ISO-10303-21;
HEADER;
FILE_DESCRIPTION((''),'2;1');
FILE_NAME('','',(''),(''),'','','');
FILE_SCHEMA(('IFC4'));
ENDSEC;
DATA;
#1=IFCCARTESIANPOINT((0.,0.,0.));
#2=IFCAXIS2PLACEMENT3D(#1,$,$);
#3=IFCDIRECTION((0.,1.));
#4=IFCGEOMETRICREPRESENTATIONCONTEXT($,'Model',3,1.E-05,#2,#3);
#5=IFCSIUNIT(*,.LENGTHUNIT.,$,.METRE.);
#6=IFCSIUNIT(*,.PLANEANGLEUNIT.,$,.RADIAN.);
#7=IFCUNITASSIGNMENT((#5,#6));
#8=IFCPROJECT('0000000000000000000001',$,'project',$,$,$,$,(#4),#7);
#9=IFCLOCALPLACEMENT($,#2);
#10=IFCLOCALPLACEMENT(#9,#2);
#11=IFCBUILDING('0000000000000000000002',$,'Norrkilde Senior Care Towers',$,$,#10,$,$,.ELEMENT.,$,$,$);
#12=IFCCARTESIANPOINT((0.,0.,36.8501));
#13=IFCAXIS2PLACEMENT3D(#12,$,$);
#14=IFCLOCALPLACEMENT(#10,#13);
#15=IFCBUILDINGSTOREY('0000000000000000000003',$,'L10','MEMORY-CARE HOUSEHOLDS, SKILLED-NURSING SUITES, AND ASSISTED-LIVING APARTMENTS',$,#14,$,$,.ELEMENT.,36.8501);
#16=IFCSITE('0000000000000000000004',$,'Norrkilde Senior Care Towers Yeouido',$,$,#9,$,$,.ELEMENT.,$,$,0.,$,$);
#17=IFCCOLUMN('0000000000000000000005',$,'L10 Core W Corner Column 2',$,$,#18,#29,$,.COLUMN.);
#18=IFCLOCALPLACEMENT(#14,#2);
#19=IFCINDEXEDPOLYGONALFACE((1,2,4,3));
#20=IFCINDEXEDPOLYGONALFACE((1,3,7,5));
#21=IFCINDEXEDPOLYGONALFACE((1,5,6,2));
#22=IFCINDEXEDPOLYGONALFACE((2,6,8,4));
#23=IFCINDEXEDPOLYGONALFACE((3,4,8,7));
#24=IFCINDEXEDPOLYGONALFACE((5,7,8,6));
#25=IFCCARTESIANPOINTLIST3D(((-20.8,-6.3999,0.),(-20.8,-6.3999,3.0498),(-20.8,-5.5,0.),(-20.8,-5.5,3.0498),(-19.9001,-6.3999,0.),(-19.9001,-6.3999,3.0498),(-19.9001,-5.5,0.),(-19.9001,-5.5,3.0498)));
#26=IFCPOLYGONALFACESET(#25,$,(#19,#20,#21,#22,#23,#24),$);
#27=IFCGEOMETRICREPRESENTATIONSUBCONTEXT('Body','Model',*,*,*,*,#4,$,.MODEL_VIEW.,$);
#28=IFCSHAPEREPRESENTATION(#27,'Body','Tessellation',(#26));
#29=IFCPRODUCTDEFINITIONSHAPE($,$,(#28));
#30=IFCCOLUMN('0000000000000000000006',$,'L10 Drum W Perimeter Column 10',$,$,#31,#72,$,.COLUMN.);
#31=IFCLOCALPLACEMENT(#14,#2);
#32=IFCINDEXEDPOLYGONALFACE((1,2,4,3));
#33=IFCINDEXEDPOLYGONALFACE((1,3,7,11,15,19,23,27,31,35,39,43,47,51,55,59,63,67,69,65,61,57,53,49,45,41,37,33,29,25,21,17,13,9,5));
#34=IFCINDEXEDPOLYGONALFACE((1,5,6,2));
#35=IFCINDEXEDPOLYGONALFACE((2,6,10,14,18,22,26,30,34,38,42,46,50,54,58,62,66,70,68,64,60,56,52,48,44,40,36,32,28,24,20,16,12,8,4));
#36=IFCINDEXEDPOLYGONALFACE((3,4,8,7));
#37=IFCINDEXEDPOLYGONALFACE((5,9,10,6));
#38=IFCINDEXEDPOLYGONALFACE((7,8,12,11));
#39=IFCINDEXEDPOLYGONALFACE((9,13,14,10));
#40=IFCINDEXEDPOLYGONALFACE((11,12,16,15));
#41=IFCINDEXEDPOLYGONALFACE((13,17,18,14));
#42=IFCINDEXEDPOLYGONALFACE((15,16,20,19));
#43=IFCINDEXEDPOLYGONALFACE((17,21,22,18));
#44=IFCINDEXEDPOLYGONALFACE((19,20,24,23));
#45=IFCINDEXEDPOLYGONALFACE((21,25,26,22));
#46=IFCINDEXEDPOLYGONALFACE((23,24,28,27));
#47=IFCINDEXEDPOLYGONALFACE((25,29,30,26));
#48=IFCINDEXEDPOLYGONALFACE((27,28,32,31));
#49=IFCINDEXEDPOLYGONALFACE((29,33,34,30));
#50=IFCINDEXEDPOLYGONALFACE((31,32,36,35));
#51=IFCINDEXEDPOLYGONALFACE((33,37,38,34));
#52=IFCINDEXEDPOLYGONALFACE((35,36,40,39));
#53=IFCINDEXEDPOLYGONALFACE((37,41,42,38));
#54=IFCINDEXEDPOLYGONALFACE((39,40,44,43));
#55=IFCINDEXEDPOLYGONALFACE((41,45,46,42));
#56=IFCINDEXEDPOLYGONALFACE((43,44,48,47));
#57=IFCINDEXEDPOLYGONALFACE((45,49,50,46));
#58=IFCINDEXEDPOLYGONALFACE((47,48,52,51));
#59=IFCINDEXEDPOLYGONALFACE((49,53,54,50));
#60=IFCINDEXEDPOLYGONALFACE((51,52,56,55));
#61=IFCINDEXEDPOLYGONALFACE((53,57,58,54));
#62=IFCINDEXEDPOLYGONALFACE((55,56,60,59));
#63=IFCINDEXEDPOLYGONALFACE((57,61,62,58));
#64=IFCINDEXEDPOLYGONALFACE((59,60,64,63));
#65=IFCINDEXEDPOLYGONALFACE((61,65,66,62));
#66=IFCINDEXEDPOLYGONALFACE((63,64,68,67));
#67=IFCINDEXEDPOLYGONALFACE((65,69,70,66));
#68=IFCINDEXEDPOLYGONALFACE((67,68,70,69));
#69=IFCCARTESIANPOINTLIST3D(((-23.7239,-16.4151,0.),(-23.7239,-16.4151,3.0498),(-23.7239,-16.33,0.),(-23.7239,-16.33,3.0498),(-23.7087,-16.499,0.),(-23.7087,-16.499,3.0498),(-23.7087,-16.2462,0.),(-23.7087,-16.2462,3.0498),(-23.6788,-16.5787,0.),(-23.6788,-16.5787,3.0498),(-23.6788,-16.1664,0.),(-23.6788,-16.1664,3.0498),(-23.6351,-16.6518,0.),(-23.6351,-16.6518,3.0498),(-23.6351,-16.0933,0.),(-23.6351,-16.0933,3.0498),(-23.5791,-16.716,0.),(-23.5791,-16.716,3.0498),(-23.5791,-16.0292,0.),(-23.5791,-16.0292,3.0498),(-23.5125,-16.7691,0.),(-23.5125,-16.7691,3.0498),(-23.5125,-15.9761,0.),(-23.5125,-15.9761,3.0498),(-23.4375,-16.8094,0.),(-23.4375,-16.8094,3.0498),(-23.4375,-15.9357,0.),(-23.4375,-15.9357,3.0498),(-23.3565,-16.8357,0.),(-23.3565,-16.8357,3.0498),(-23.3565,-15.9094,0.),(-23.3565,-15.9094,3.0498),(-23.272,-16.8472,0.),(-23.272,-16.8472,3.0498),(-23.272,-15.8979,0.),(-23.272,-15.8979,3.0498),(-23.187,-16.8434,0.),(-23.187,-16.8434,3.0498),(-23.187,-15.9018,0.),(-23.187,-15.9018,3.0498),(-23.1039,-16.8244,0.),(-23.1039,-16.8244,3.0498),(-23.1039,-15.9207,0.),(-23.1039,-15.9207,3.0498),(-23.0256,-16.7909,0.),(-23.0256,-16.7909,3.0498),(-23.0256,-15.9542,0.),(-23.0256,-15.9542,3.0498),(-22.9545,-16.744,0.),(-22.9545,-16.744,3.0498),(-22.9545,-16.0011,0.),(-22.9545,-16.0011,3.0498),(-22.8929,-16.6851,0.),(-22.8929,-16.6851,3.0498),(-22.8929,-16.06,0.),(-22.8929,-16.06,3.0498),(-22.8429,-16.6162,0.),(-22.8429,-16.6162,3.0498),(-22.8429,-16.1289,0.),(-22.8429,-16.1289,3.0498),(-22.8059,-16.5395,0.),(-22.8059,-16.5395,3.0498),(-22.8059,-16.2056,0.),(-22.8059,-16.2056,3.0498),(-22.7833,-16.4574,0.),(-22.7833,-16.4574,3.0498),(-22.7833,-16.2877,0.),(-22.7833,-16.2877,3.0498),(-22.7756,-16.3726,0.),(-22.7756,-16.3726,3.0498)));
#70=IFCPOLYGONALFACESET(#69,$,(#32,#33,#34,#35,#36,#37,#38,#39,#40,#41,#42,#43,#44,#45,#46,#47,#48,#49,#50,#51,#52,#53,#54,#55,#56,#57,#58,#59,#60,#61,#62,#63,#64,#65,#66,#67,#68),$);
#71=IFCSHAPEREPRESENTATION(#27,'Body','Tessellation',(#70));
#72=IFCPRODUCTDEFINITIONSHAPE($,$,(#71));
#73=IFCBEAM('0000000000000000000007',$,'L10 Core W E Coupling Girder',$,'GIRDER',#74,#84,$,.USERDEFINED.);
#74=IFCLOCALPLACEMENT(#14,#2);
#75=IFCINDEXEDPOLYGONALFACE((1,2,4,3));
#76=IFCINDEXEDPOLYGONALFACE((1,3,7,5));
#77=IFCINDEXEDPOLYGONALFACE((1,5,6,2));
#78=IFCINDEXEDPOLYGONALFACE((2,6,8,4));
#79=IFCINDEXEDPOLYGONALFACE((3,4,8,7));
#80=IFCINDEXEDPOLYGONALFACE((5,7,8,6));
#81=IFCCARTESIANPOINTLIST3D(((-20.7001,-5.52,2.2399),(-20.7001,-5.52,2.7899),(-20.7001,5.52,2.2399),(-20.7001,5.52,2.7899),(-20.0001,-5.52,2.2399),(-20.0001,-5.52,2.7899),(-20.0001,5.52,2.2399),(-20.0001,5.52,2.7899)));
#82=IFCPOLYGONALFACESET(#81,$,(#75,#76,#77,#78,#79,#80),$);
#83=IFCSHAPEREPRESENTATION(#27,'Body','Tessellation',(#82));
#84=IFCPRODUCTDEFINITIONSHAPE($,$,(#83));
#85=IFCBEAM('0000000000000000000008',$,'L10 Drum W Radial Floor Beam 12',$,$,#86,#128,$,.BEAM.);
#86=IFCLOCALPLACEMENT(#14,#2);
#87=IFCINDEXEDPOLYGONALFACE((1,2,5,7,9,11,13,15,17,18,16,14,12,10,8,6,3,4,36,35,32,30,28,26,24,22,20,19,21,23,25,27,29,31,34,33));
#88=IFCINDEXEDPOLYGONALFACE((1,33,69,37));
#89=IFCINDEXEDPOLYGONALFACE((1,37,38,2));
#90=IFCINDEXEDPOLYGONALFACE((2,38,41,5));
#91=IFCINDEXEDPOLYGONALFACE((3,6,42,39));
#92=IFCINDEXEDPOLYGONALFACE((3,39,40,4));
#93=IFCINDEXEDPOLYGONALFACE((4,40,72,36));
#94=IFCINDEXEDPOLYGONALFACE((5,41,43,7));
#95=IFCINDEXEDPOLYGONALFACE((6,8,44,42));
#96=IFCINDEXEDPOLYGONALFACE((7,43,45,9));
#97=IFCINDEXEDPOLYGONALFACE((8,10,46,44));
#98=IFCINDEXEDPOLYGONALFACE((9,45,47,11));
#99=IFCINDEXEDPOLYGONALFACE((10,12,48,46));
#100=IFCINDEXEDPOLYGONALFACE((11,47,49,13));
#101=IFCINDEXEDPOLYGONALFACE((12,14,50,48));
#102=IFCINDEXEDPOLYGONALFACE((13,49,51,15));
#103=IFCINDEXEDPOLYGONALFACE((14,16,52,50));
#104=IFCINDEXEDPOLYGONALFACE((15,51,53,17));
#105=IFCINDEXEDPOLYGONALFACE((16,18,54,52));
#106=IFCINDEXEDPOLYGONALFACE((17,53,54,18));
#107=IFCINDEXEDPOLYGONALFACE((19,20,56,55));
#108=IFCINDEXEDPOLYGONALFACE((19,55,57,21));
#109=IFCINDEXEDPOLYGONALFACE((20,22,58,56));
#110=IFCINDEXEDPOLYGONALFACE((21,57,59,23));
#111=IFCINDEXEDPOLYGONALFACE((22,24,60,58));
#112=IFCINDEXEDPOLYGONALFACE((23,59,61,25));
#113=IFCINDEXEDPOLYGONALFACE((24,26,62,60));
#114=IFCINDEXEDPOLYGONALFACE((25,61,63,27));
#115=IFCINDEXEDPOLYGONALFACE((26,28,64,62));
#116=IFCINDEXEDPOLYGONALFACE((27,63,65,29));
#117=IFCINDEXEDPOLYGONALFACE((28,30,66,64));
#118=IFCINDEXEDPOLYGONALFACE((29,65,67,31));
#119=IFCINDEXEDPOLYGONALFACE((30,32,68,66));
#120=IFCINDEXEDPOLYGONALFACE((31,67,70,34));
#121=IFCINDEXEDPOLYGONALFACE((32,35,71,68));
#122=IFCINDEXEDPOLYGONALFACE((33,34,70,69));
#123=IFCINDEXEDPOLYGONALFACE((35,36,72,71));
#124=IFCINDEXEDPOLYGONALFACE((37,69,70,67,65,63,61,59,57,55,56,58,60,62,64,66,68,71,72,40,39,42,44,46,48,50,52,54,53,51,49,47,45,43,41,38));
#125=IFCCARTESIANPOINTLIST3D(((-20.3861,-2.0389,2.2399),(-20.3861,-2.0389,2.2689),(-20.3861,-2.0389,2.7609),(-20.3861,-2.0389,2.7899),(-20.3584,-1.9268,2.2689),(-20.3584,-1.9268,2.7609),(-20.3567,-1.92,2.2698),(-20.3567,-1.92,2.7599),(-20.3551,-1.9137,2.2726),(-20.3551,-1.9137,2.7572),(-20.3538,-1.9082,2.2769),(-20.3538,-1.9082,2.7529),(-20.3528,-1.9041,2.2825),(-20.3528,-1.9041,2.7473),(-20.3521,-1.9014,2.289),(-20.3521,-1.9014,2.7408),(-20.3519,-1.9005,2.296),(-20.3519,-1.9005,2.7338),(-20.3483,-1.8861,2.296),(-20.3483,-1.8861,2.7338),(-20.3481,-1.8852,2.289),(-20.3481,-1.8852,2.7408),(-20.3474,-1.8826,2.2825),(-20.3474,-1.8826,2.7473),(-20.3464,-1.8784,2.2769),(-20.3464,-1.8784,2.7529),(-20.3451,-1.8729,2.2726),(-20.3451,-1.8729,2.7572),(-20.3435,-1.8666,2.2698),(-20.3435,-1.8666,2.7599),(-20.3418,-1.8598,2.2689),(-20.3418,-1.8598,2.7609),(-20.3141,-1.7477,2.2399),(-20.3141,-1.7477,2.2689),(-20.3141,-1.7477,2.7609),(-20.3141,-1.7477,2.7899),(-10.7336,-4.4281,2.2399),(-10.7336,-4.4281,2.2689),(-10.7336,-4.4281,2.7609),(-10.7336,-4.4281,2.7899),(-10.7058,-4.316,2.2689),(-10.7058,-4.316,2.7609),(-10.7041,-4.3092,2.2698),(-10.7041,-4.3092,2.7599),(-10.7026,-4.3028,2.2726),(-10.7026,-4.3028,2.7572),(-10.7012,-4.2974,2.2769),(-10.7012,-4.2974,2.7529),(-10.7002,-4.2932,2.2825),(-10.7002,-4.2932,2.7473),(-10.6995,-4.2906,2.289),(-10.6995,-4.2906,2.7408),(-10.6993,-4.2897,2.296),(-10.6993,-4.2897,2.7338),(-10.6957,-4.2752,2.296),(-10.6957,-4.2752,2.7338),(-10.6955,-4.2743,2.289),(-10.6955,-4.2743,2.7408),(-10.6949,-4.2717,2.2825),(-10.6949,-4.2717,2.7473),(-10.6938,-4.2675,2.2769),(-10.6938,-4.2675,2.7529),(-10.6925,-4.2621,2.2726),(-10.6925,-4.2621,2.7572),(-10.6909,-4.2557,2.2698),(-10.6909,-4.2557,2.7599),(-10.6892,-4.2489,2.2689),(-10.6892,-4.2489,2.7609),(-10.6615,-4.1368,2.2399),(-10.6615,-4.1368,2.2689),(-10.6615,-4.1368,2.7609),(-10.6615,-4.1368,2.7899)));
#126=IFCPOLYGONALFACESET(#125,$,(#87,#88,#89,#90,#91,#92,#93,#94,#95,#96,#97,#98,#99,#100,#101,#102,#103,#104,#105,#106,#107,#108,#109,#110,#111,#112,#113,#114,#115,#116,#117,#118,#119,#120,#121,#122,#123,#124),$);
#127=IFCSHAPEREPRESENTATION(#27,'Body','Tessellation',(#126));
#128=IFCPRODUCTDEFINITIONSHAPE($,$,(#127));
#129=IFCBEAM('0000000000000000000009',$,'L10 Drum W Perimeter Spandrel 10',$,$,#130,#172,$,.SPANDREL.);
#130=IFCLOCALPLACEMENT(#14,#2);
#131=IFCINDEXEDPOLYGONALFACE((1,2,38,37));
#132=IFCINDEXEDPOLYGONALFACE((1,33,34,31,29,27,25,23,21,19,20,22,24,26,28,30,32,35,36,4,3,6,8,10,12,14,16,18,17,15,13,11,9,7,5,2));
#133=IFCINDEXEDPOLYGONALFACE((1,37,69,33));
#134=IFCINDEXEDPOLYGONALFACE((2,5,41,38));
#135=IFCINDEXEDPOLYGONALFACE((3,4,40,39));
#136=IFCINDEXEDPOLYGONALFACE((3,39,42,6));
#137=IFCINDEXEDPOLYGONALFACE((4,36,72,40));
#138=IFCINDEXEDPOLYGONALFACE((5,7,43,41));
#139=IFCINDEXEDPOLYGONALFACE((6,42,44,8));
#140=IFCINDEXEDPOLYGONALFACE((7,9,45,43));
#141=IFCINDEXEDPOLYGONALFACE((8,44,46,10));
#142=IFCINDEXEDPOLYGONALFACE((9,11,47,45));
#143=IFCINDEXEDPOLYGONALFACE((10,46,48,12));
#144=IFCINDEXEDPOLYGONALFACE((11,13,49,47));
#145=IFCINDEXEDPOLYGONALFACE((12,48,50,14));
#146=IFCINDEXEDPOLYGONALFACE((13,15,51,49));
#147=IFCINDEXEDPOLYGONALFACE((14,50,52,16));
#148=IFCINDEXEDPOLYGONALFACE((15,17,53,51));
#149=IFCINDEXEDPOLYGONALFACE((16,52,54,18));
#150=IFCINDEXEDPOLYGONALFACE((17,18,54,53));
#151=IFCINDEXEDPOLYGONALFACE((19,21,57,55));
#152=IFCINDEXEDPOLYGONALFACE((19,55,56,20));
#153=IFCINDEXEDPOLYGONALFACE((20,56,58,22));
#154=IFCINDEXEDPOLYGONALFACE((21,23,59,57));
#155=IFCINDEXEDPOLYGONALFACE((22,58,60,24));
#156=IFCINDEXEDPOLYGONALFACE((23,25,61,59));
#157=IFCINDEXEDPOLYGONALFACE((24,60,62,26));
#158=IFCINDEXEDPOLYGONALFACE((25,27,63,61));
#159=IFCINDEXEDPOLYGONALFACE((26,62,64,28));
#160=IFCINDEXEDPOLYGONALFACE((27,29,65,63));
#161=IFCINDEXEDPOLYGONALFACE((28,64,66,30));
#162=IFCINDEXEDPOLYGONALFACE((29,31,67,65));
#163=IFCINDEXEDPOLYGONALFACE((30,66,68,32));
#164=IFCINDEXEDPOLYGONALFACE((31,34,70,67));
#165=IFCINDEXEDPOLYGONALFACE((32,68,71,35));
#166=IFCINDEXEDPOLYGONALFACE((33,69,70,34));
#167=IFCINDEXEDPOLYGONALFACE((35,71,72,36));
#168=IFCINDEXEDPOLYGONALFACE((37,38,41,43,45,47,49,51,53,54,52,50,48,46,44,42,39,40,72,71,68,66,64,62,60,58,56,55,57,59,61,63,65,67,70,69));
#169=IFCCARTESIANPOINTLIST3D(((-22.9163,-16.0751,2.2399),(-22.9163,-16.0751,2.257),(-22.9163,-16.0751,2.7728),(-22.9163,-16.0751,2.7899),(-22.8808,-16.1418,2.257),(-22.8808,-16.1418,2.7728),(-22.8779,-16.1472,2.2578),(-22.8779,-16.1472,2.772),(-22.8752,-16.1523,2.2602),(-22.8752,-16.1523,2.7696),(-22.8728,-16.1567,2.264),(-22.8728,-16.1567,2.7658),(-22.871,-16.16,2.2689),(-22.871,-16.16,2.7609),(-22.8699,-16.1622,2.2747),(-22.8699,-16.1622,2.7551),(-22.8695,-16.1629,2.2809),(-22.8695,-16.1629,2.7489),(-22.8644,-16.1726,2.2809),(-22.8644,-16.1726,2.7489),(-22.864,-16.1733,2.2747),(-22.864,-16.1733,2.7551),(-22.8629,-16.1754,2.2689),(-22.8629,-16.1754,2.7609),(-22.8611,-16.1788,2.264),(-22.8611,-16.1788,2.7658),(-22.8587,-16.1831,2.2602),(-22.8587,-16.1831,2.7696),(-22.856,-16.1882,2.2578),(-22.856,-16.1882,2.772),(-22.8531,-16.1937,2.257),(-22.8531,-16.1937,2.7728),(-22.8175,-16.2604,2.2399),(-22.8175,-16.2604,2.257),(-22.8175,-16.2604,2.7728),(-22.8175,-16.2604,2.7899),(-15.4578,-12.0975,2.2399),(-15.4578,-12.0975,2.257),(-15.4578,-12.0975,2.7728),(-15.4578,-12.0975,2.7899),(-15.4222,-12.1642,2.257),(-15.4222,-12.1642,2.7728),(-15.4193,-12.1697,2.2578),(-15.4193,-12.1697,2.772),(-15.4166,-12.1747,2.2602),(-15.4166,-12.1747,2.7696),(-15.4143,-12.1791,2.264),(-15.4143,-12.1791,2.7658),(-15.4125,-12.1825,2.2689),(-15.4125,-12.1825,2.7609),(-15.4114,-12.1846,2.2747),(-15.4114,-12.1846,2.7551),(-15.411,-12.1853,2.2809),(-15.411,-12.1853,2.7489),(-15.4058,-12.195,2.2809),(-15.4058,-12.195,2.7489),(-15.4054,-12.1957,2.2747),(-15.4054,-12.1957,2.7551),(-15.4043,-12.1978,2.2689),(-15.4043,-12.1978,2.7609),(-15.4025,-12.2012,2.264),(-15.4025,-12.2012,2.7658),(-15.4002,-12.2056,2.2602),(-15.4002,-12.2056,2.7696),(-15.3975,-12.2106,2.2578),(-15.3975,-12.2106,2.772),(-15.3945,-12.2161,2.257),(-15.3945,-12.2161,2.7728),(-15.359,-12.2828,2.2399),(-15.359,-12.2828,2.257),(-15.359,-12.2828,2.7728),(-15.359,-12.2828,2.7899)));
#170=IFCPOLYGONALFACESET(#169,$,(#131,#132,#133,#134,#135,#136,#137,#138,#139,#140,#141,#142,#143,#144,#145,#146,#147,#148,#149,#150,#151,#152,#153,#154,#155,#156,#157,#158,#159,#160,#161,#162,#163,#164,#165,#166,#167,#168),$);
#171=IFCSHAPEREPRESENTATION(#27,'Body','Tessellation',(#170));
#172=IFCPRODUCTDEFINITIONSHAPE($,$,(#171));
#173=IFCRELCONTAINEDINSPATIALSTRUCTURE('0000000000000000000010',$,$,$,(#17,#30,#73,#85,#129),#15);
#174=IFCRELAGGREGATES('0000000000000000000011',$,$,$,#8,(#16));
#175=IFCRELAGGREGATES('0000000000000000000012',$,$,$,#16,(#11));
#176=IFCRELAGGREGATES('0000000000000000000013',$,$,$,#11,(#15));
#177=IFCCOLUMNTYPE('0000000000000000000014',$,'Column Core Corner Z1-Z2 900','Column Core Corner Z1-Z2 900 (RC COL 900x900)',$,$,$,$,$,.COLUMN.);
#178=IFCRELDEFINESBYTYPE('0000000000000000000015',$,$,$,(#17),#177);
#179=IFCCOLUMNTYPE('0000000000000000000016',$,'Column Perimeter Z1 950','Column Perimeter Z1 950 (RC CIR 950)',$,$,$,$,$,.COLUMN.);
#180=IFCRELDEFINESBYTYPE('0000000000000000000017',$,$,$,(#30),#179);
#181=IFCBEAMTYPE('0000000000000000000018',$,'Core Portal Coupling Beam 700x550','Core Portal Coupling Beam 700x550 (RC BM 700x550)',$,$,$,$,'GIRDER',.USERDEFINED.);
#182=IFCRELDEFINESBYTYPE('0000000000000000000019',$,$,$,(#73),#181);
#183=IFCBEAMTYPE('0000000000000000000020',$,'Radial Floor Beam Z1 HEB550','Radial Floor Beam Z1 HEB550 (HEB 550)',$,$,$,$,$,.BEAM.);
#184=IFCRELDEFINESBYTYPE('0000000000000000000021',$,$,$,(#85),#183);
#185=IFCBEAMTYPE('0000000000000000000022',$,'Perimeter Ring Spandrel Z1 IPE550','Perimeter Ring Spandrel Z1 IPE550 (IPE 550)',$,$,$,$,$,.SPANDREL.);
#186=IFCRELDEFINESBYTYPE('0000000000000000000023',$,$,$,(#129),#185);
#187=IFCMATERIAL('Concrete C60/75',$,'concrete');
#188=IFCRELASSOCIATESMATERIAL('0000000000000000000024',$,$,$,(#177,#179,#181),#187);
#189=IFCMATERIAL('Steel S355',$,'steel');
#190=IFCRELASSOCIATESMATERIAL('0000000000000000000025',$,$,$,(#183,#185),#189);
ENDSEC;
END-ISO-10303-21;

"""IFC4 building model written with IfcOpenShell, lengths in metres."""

from ifc_helpers import new_model, si_unit, direction, frame, origin, origin_2d, place, context, subcontext, project, spatial, rectangle, circle, i_section, extrude, source, transform, mapped, material, material_profile, profile_set, type_object, type_shapes, element, save


model = new_model("IFC4")

# Units and contexts
model_context = context("Model", 3, precision=1e-05, world=origin(), true_north=direction((0.0, 1.0)))
body_context = subcontext(model_context, "Body", "Model", "MODEL_VIEW")
ifc_project = project(units=[si_unit("LENGTHUNIT", "METRE"), si_unit("PLANEANGLEUNIT", "RADIAN")], contexts=[model_context])

# Site, building, storey
site_placement = place(None, origin())
site = spatial("IfcSite", under=ifc_project, at=site_placement, Name="Norrkilde Senior Care Towers Yeouido", CompositionType="ELEMENT", RefElevation=0.0)
building_placement = place(site_placement, origin())
building = spatial("IfcBuilding", under=site, at=building_placement, Name="Norrkilde Senior Care Towers", CompositionType="ELEMENT")
storey_placement = place(building_placement, frame((0.0, 0.0, 36.8501)))
storey = spatial("IfcBuildingStorey", under=building, at=storey_placement, Name="L10", Description="MEMORY-CARE HOUSEHOLDS, SKILLED-NURSING SUITES, AND ASSISTED-LIVING APARTMENTS", CompositionType="ELEMENT", Elevation=36.8501)

# Columns
ifc_material_1 = material(Name="Concrete C60/75", Category="concrete")
ifc_material_profile_1 = material_profile(ifc_material_1, rectangle(XDim=0.8999, YDim=0.8999, at=origin_2d()), Name="RC COL 900x900")
ifc_profile_set_1 = profile_set([ifc_material_profile_1], Name="Concrete C60/75")
column_type_1 = type_object("IfcColumnType", Name="Column Core Corner Z1-Z2 900", Description="Column Core Corner Z1-Z2 900 (RC COL 900x900)", PredefinedType="COLUMN", material=ifc_profile_set_1)
shared_shape_1 = source(origin(), body_context, "Body", "SweptSolid", [
    extrude(rectangle(XDim=0.8999, YDim=0.8999, at=origin_2d()), origin(), (0.0, 0.0, 1.0), 3.0498),
])
type_shapes(column_type_1, [shared_shape_1])
column_1_placement = place(storey_placement, frame((-20.3501, -5.95, 0.0), z_axis=(0.0, 0.0, 1.0), x_axis=(1.0, 0.0, 0.0)))
element("IfcColumn", 1, at=column_1_placement, inside=storey, type_object=column_type_1, Name="L10 Core W Corner Column 2", PredefinedType="COLUMN", context=body_context, shape_type="MappedRepresentation", body=[
    mapped(shared_shape_1, transform((0.0, 0.0, 0.0), x_axis=(1.0, 0.0, 0.0), y_axis=(0.0, 1.0, 0.0), z_axis=(0.0, 0.0, 1.0), scale=1.0)),
])
ifc_material_profile_2 = material_profile(ifc_material_1, circle(Radius=0.4751, at=origin_2d()), Name="RC CIR 950")
ifc_profile_set_2 = profile_set([ifc_material_profile_2], Name="Concrete C60/75")
column_type_2 = type_object("IfcColumnType", Name="Column Perimeter Z1 950", Description="Column Perimeter Z1 950 (RC CIR 950)", PredefinedType="COLUMN", material=ifc_profile_set_2)
shared_shape_2 = source(origin(), body_context, "Body", "SweptSolid", [
    extrude(circle(Radius=0.4751, at=origin_2d()), origin(), (0.0, 0.0, 1.0), 3.0498),
])
type_shapes(column_type_2, [shared_shape_2])
column_2_placement = place(storey_placement, frame((-23.2507, -16.3726, 0.0), z_axis=(0.0, 0.0, 1.0), x_axis=(1.0, 0.0, 0.0)))
element("IfcColumn", 2, at=column_2_placement, inside=storey, type_object=column_type_2, Name="L10 Drum W Perimeter Column 10", PredefinedType="COLUMN", context=body_context, shape_type="MappedRepresentation", body=[
    mapped(shared_shape_2, transform((0.0, 0.0, 0.0), x_axis=(1.0, 0.0, 0.0), y_axis=(0.0, 1.0, 0.0), z_axis=(0.0, 0.0, 1.0), scale=1.0)),
])

# Beams
ifc_material_profile_3 = material_profile(ifc_material_1, rectangle(XDim=0.7, YDim=0.55, at=origin_2d()), Name="RC BM 700x550")
ifc_profile_set_3 = profile_set([ifc_material_profile_3], Name="Concrete C60/75")
beam_type_1 = type_object("IfcBeamType", Name="Core Portal Coupling Beam 700x550", Description="Core Portal Coupling Beam 700x550 (RC BM 700x550)", ElementType="GIRDER", PredefinedType="USERDEFINED", material=ifc_profile_set_3)
shared_shape_3 = source(origin(), body_context, "Body", "SweptSolid", [
    extrude(rectangle(XDim=0.7, YDim=0.55, at=origin_2d()), origin(), (0.0, 0.0, 1.0), 11.04),
])
type_shapes(beam_type_1, [shared_shape_3])
beam_1_placement = place(storey_placement, frame((-20.3501, -5.52, 2.5149), z_axis=(0.0, 1.0, 0.0), x_axis=(-1.0, 0.0, 0.0)))
element("IfcBeam", 3, at=beam_1_placement, inside=storey, type_object=beam_type_1, Name="L10 Core W E Coupling Girder", ObjectType="GIRDER", PredefinedType="USERDEFINED", context=body_context, shape_type="MappedRepresentation", body=[
    mapped(shared_shape_3, transform((0.0, 0.0, 0.0), x_axis=(1.0, 0.0, 0.0), y_axis=(0.0, 1.0, 0.0), z_axis=(0.0, 0.0, 1.0), scale=1.0)),
])
ifc_material_2 = material(Name="Steel S355", Category="steel")
ifc_material_profile_4 = material_profile(ifc_material_2, i_section(OverallWidth=0.3, OverallDepth=0.55, WebThickness=0.0149, FlangeThickness=0.0291, FilletRadius=0.0271, at=origin_2d()), Name="HEB 550")
ifc_profile_set_4 = profile_set([ifc_material_profile_4], Name="Steel S355")
beam_type_2 = type_object("IfcBeamType", Name="Radial Floor Beam Z1 HEB550", Description="Radial Floor Beam Z1 HEB550 (HEB 550)", PredefinedType="BEAM", material=ifc_profile_set_4)
shared_shape_4 = source(origin(), body_context, "Body", "SweptSolid", [
    extrude(i_section(OverallWidth=0.3, OverallDepth=0.55, WebThickness=0.0149, FlangeThickness=0.0291, FilletRadius=0.0271, at=origin_2d()), origin(), (0.0, 0.0, 1.0), 9.9438),
])
beam_2_placement = place(storey_placement, frame((-20.3501, -1.8933, 2.5149), z_axis=(0.970707, -0.240265, 0.0), x_axis=(0.240265, 0.970707, 0.0)))
element("IfcBeam", 4, at=beam_2_placement, inside=storey, type_object=beam_type_2, Name="L10 Drum W Radial Floor Beam 12", PredefinedType="BEAM", context=body_context, shape_type="MappedRepresentation", body=[
    mapped(shared_shape_4, transform((0.0, 0.0, 0.0), x_axis=(1.0, 0.0, 0.0), y_axis=(0.0, 1.0, 0.0), z_axis=(0.0, 0.0, 1.0), scale=1.0)),
])
ifc_material_profile_5 = material_profile(ifc_material_2, i_section(OverallWidth=0.21, OverallDepth=0.55, WebThickness=0.011, FlangeThickness=0.0171, FilletRadius=0.0239, at=origin_2d()), Name="IPE 550")
ifc_profile_set_5 = profile_set([ifc_material_profile_5], Name="Steel S355")
beam_type_3 = type_object("IfcBeamType", Name="Perimeter Ring Spandrel Z1 IPE550", Description="Perimeter Ring Spandrel Z1 IPE550 (IPE 550)", PredefinedType="SPANDREL", material=ifc_profile_set_5)
shared_shape_5 = source(origin(), body_context, "Body", "SweptSolid", [
    extrude(i_section(OverallWidth=0.21, OverallDepth=0.55, WebThickness=0.011, FlangeThickness=0.0171, FilletRadius=0.0239, at=origin_2d()), origin(), (0.0, 0.0, 1.0), 8.4529),
])
type_shapes(beam_type_3, [shared_shape_5])
beam_3_placement = place(storey_placement, frame((-22.8669, -16.1677, 2.5149), z_axis=(0.882369, 0.470558, 0.0), x_axis=(-0.470558, 0.882369, 0.0)))
element("IfcBeam", 5, at=beam_3_placement, inside=storey, type_object=beam_type_3, Name="L10 Drum W Perimeter Spandrel 10", PredefinedType="SPANDREL", context=body_context, shape_type="MappedRepresentation", body=[
    mapped(shared_shape_5, transform((0.0, 0.0, 0.0), x_axis=(1.0, 0.0, 0.0), y_axis=(0.0, 1.0, 0.0), z_axis=(0.0, 0.0, 1.0), scale=1.0)),
])

save(model, "model.ifc")
